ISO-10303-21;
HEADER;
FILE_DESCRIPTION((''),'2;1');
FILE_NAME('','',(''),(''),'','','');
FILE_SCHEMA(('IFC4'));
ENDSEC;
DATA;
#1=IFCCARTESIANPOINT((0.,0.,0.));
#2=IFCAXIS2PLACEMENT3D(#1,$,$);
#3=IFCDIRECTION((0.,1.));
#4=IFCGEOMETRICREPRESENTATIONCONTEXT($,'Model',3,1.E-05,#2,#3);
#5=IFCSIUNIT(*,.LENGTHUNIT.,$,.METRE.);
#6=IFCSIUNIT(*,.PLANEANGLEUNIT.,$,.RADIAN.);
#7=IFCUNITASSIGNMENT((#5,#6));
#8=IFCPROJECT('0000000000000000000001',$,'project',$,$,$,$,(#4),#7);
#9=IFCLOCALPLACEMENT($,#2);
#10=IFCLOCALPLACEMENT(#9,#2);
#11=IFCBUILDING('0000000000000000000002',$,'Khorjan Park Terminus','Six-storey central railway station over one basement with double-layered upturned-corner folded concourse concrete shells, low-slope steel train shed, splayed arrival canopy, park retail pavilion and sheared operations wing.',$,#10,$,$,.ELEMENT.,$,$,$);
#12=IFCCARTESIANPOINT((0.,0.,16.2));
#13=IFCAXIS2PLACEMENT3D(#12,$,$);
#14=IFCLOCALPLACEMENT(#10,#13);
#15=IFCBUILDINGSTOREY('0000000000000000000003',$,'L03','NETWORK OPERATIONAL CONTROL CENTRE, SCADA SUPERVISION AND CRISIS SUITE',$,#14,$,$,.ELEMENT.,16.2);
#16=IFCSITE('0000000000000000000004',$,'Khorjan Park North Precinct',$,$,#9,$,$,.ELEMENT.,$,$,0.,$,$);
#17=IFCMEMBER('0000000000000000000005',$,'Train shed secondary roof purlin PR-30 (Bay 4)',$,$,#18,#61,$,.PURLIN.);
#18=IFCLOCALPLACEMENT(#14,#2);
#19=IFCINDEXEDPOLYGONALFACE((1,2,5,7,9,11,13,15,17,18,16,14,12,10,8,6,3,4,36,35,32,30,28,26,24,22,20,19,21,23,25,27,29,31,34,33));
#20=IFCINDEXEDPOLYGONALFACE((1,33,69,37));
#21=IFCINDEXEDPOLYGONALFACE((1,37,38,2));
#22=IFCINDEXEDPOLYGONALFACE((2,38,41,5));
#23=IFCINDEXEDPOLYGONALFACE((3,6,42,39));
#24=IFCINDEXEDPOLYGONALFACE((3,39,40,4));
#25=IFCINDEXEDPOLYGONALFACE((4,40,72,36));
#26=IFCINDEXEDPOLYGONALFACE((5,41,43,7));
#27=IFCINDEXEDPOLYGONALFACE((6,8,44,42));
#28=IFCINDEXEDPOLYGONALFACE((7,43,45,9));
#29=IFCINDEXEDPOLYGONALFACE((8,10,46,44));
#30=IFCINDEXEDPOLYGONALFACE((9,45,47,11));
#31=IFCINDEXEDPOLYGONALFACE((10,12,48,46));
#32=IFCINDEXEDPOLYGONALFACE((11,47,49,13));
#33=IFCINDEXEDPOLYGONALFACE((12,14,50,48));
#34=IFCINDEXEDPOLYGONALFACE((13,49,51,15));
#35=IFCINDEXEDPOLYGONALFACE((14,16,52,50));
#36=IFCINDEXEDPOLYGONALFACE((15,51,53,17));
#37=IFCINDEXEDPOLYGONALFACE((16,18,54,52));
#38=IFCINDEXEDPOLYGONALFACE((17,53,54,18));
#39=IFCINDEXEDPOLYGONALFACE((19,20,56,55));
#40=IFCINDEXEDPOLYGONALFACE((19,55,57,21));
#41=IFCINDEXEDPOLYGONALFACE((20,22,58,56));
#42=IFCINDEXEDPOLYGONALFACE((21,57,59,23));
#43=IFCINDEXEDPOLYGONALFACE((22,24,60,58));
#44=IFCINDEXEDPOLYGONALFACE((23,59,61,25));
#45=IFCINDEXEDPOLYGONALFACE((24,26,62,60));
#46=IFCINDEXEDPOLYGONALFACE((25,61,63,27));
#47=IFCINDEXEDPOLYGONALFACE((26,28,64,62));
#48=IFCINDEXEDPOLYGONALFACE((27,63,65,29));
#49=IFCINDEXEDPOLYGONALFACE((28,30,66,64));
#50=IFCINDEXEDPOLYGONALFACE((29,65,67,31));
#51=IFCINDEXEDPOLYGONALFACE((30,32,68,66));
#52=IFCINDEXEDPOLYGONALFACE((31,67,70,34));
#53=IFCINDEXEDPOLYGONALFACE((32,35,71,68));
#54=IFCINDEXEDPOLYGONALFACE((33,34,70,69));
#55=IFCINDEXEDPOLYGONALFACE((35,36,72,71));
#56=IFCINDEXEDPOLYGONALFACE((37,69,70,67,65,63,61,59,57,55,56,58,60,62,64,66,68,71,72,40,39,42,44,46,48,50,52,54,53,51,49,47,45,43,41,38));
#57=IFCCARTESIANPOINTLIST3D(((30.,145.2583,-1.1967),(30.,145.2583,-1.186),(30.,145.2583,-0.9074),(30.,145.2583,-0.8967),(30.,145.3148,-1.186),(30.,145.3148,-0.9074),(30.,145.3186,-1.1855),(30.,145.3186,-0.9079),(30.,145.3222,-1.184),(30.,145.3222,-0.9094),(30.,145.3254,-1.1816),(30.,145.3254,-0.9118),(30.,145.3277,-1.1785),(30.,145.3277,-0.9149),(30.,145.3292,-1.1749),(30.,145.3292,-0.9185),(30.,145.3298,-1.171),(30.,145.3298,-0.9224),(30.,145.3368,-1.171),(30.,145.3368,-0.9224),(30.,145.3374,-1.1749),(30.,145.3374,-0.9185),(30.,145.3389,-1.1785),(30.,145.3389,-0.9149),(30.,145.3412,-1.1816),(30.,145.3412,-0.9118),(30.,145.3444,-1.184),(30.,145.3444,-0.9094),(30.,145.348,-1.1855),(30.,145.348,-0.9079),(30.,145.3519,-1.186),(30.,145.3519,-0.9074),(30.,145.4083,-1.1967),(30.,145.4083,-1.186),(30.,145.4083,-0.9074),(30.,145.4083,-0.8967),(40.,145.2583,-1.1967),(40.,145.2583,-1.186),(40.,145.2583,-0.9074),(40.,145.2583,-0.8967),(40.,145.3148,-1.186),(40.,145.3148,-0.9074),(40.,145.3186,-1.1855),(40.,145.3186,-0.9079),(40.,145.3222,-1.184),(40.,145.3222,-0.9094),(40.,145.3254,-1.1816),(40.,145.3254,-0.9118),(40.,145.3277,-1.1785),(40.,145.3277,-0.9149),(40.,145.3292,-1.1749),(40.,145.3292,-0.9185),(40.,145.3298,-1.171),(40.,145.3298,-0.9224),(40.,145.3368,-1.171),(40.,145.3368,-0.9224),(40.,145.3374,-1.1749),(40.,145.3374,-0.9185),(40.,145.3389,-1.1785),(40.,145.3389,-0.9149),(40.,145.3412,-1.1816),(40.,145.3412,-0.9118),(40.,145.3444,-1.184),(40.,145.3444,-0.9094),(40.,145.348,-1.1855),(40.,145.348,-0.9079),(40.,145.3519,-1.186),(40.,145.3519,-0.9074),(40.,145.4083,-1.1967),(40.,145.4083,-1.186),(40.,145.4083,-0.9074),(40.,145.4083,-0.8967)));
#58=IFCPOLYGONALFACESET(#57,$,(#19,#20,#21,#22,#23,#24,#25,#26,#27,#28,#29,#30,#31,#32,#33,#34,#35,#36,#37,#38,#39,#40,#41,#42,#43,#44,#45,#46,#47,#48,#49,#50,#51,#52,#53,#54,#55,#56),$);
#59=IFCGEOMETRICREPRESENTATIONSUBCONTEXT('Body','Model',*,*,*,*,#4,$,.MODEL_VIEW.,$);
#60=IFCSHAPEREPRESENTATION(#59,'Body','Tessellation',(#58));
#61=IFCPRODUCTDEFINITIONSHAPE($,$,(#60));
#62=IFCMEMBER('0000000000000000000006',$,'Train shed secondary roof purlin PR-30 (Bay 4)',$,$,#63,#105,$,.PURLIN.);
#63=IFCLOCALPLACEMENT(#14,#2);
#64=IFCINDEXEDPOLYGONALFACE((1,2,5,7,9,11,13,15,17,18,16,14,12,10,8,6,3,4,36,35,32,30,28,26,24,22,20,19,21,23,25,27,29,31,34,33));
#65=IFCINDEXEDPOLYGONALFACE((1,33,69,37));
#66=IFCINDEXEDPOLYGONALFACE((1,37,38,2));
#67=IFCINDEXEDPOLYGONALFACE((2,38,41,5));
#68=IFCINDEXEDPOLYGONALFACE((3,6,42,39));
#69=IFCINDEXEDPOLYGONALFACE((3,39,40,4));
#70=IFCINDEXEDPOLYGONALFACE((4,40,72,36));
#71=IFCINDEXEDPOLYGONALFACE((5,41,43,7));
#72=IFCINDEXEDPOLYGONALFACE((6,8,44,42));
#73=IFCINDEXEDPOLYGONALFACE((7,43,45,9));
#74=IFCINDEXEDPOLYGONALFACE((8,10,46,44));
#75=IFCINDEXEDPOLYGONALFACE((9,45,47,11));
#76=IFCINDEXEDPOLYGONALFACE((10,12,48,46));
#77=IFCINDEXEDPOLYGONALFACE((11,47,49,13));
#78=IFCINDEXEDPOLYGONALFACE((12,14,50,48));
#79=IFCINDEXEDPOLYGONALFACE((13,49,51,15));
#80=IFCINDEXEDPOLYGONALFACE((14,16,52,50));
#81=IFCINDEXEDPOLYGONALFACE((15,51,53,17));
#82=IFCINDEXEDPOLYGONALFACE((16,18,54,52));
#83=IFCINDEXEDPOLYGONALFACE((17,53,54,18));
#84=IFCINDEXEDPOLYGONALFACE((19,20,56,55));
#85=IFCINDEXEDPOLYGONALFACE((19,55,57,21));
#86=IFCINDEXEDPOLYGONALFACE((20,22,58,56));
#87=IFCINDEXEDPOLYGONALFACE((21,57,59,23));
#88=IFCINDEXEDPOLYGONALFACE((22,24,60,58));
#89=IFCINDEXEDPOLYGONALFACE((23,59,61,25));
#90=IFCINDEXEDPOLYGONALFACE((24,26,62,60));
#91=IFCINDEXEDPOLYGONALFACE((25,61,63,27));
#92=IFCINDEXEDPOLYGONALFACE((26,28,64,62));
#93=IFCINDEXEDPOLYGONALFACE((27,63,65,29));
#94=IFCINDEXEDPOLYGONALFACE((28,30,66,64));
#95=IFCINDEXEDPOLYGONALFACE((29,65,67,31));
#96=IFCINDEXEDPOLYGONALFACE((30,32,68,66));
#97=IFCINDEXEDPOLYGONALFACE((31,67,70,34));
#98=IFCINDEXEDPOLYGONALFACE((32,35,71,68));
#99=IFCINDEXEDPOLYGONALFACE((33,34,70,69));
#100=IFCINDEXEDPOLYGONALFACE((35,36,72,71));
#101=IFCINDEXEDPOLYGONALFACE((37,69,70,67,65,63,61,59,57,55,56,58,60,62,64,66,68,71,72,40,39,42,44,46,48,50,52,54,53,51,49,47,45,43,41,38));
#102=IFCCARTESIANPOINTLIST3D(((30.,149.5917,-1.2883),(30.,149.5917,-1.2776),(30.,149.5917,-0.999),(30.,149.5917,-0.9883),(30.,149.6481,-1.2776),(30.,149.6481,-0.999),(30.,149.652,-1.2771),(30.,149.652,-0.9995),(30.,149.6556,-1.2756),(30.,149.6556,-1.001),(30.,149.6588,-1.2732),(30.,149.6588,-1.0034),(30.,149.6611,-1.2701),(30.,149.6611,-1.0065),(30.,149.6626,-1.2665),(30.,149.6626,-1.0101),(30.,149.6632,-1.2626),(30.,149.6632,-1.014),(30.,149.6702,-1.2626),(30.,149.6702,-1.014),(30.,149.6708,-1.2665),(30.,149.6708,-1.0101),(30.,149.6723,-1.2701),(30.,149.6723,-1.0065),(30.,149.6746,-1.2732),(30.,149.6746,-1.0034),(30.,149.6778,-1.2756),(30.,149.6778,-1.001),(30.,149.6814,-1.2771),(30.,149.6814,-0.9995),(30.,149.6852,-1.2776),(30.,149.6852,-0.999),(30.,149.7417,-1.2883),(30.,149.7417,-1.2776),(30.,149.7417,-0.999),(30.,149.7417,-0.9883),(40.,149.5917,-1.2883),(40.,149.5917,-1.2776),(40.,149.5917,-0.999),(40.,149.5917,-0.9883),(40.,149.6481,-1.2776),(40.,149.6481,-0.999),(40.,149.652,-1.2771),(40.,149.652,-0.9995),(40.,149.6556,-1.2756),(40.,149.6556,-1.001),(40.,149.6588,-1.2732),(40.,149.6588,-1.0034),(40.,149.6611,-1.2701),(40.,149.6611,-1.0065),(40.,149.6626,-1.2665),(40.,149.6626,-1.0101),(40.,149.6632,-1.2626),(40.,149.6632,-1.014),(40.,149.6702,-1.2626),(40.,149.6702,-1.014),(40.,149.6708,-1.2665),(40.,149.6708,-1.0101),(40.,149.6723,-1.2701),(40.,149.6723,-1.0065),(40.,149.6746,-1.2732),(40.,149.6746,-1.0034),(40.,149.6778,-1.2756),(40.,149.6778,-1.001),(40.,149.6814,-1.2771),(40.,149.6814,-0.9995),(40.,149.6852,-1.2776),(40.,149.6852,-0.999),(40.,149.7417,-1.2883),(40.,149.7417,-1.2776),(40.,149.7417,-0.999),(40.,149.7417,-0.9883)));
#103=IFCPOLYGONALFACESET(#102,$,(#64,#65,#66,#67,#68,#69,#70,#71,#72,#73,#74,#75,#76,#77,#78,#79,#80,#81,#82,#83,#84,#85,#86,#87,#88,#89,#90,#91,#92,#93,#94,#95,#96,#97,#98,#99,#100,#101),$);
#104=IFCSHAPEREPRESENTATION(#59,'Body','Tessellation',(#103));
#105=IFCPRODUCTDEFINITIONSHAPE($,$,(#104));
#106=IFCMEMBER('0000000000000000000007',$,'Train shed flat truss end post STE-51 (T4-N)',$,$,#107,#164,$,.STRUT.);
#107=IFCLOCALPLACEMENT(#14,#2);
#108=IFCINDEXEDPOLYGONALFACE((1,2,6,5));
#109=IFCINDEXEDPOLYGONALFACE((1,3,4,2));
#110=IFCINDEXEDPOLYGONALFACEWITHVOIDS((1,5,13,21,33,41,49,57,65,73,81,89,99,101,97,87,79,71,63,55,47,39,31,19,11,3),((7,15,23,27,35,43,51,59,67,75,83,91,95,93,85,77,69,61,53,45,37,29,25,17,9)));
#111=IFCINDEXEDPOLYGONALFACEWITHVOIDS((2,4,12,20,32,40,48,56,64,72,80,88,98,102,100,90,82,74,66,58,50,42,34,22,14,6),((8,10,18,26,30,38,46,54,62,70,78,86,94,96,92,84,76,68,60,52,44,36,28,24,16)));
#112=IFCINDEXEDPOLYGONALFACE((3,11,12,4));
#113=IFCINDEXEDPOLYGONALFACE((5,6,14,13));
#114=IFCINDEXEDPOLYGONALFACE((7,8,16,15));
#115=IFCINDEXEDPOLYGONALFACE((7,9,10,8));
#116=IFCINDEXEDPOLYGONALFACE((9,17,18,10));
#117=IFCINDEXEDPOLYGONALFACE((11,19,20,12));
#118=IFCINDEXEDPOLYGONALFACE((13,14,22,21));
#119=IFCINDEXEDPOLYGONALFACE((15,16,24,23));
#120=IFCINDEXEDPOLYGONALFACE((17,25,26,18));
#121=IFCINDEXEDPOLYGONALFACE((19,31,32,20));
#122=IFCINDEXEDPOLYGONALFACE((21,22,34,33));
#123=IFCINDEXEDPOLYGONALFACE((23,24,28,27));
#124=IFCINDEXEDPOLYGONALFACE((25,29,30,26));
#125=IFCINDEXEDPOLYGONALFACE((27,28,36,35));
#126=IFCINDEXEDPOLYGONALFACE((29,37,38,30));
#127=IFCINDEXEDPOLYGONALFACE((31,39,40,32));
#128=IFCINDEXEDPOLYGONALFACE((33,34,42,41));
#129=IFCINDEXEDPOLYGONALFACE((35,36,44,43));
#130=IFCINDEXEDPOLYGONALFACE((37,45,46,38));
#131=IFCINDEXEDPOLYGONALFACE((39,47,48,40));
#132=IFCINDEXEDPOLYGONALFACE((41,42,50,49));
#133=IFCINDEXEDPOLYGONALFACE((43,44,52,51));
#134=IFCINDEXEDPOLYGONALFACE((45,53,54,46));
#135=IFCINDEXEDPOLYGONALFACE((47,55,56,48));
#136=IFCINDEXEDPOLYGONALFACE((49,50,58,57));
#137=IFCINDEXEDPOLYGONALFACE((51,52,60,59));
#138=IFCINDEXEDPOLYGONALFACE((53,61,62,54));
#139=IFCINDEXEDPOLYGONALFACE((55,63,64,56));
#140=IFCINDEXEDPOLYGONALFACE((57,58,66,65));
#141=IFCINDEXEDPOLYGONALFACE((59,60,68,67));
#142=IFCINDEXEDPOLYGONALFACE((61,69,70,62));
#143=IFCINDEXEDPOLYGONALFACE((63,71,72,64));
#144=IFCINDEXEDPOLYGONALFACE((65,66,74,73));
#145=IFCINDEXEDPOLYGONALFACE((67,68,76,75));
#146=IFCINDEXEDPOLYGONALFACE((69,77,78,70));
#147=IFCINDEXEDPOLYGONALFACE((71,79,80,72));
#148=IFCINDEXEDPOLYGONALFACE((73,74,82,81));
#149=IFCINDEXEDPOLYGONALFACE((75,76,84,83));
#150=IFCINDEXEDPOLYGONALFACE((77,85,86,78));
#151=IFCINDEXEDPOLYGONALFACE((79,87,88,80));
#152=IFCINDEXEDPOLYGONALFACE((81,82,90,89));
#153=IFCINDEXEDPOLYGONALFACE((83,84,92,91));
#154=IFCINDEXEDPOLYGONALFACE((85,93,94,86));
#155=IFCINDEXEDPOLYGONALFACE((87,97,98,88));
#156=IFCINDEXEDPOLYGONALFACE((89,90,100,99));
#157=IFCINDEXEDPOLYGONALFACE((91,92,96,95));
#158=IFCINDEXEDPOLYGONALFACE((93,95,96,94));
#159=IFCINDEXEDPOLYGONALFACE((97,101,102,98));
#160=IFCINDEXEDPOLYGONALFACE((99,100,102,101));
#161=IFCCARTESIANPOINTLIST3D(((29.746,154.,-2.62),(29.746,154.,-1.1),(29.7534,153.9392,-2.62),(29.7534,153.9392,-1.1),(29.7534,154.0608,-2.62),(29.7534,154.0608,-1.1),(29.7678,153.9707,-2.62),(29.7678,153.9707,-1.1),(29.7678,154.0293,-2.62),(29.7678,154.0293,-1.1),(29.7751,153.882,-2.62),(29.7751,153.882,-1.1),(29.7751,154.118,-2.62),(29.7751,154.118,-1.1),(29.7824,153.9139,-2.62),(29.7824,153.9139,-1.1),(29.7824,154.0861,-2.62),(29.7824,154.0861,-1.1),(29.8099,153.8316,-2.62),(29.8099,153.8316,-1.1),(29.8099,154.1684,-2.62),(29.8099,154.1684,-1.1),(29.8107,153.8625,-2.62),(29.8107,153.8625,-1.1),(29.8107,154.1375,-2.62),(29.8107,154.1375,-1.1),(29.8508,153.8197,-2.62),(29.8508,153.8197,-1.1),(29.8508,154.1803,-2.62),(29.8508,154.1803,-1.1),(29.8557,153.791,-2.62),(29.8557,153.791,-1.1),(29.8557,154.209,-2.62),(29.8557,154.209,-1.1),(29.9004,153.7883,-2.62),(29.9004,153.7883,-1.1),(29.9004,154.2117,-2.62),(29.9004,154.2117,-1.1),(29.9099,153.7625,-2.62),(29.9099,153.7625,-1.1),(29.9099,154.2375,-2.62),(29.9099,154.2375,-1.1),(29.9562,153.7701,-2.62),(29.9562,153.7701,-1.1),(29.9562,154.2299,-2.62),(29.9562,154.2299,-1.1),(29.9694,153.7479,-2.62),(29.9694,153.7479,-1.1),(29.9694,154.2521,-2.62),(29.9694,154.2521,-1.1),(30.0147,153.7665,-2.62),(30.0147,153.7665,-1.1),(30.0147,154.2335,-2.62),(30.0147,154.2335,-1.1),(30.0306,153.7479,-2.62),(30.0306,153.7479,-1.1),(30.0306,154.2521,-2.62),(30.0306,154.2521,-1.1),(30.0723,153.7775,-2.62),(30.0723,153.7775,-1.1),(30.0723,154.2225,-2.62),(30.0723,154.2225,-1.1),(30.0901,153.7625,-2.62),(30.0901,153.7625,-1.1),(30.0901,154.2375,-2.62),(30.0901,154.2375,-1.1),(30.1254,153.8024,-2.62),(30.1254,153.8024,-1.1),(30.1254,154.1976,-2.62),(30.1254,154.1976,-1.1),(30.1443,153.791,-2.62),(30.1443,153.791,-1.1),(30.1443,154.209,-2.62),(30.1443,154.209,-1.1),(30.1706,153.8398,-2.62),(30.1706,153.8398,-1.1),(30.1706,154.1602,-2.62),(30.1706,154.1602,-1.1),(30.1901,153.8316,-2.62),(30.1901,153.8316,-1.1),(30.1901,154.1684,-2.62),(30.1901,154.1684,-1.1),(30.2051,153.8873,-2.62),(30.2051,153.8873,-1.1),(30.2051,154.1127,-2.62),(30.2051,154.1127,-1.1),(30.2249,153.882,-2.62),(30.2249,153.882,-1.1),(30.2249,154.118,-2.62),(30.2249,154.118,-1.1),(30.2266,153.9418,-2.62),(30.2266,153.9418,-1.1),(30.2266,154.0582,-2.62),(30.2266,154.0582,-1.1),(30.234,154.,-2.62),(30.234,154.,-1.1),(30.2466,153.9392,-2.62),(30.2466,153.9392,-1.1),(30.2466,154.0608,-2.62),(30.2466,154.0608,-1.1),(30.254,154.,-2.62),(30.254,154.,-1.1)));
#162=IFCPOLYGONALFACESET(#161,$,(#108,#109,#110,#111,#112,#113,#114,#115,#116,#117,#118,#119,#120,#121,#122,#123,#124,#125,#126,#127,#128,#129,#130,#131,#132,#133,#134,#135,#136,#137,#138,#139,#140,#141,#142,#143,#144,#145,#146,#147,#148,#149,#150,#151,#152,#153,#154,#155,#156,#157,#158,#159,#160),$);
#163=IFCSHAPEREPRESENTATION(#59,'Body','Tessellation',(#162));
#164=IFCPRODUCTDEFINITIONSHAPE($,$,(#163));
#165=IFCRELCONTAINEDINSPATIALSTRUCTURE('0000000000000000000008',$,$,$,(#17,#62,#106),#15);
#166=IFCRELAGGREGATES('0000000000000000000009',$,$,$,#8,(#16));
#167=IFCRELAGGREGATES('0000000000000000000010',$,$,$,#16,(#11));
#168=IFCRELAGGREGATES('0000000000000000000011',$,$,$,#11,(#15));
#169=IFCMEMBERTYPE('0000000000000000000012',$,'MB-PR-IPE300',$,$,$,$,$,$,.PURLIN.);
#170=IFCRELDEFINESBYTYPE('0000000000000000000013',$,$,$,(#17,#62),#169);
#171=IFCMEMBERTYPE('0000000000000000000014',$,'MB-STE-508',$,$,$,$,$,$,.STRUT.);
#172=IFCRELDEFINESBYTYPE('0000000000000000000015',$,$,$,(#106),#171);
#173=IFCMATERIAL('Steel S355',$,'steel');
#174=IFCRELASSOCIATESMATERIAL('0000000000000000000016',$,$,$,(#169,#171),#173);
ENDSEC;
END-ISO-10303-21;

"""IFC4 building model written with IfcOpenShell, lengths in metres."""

from ifc_helpers import new_model, si_unit, direction, frame, origin, origin_2d, place, context, subcontext, project, spatial, hollow_circle, i_section, extrude, material, material_profile, profile_set, type_object, element, save


model = new_model("IFC4")

# Units and contexts
model_context = context("Model", 3, precision=1e-05, world=origin(), true_north=direction((0.0, 1.0)))
body_context = subcontext(model_context, "Body", "Model", "MODEL_VIEW")
ifc_project = project(units=[si_unit("LENGTHUNIT", "METRE"), si_unit("PLANEANGLEUNIT", "RADIAN")], contexts=[model_context])

# Site, building, storey
site_placement = place(None, origin())
site = spatial("IfcSite", under=ifc_project, at=site_placement, Name="Khorjan Park North Precinct", CompositionType="ELEMENT", RefElevation=0.0)
building_placement = place(site_placement, origin())
building = spatial("IfcBuilding", under=site, at=building_placement, Name="Khorjan Park Terminus", Description="Six-storey central railway station over one basement with double-layered upturned-corner folded concourse concrete shells, low-slope steel train shed, splayed arrival canopy, park retail pavilion and sheared operations wing.", CompositionType="ELEMENT")
storey_placement = place(building_placement, frame((0.0, 0.0, 16.2)))
storey = spatial("IfcBuildingStorey", under=building, at=storey_placement, Name="L03", Description="NETWORK OPERATIONAL CONTROL CENTRE, SCADA SUPERVISION AND CRISIS SUITE", CompositionType="ELEMENT", Elevation=16.2)

# Members
ifc_material = material(Name="Steel S355", Category="steel")
ifc_material_profile_1 = material_profile(ifc_material, i_section(OverallWidth=0.15, OverallDepth=0.3, WebThickness=0.0071, FlangeThickness=0.0107, FilletRadius=0.015, at=origin_2d()), Name="IPE 300")
ifc_profile_set_1 = profile_set([ifc_material_profile_1], Name="Steel S355")
member_type_1 = type_object("IfcMemberType", Name="MB-PR-IPE300", PredefinedType="PURLIN", material=ifc_profile_set_1)
for number, where, z_axis, x_axis, name in (
    (1, (30.0, 145.3333, -1.0467), (1.0, 0.0, 0.0), (0.0, 1.0, 0.0), "Train shed secondary roof purlin PR-30 (Bay 4)"),
    (2, (30.0, 149.6667, -1.1383), (1.0, 0.0, 0.0), (0.0, 1.0, 0.0), "Train shed secondary roof purlin PR-30 (Bay 4)"),
):
    element("IfcMember", number, at=place(storey_placement, frame(where, z_axis=z_axis, x_axis=x_axis)), inside=storey, type_object=member_type_1, Name=name, PredefinedType="PURLIN", context=body_context, shape_type="SweptSolid", body=[
        extrude(i_section(OverallWidth=0.15, OverallDepth=0.3, WebThickness=0.0071, FlangeThickness=0.0107, FilletRadius=0.015, at=origin_2d()), origin(), (0.0, 0.0, 1.0), 10.0),
    ])
ifc_material_profile_2 = material_profile(ifc_material, hollow_circle(Radius=0.254, WallThickness=0.02, at=origin_2d()), Name="CHS 508x20")
ifc_profile_set_2 = profile_set([ifc_material_profile_2], Name="Steel S355")
member_type_2 = type_object("IfcMemberType", Name="MB-STE-508", PredefinedType="STRUT", material=ifc_profile_set_2)
member_1_placement = place(storey_placement, frame((30.0, 154.0, -2.62), z_axis=(0.0, 0.0, 1.0), x_axis=(1.0, 0.0, 0.0)))
element("IfcMember", 3, at=member_1_placement, inside=storey, type_object=member_type_2, Name="Train shed flat truss end post STE-51 (T4-N)", PredefinedType="STRUT", context=body_context, shape_type="SweptSolid", body=[
    extrude(hollow_circle(Radius=0.254, WallThickness=0.02, at=origin_2d()), origin(), (0.0, 0.0, 1.0), 1.52),
])

save(model, "model.ifc")
